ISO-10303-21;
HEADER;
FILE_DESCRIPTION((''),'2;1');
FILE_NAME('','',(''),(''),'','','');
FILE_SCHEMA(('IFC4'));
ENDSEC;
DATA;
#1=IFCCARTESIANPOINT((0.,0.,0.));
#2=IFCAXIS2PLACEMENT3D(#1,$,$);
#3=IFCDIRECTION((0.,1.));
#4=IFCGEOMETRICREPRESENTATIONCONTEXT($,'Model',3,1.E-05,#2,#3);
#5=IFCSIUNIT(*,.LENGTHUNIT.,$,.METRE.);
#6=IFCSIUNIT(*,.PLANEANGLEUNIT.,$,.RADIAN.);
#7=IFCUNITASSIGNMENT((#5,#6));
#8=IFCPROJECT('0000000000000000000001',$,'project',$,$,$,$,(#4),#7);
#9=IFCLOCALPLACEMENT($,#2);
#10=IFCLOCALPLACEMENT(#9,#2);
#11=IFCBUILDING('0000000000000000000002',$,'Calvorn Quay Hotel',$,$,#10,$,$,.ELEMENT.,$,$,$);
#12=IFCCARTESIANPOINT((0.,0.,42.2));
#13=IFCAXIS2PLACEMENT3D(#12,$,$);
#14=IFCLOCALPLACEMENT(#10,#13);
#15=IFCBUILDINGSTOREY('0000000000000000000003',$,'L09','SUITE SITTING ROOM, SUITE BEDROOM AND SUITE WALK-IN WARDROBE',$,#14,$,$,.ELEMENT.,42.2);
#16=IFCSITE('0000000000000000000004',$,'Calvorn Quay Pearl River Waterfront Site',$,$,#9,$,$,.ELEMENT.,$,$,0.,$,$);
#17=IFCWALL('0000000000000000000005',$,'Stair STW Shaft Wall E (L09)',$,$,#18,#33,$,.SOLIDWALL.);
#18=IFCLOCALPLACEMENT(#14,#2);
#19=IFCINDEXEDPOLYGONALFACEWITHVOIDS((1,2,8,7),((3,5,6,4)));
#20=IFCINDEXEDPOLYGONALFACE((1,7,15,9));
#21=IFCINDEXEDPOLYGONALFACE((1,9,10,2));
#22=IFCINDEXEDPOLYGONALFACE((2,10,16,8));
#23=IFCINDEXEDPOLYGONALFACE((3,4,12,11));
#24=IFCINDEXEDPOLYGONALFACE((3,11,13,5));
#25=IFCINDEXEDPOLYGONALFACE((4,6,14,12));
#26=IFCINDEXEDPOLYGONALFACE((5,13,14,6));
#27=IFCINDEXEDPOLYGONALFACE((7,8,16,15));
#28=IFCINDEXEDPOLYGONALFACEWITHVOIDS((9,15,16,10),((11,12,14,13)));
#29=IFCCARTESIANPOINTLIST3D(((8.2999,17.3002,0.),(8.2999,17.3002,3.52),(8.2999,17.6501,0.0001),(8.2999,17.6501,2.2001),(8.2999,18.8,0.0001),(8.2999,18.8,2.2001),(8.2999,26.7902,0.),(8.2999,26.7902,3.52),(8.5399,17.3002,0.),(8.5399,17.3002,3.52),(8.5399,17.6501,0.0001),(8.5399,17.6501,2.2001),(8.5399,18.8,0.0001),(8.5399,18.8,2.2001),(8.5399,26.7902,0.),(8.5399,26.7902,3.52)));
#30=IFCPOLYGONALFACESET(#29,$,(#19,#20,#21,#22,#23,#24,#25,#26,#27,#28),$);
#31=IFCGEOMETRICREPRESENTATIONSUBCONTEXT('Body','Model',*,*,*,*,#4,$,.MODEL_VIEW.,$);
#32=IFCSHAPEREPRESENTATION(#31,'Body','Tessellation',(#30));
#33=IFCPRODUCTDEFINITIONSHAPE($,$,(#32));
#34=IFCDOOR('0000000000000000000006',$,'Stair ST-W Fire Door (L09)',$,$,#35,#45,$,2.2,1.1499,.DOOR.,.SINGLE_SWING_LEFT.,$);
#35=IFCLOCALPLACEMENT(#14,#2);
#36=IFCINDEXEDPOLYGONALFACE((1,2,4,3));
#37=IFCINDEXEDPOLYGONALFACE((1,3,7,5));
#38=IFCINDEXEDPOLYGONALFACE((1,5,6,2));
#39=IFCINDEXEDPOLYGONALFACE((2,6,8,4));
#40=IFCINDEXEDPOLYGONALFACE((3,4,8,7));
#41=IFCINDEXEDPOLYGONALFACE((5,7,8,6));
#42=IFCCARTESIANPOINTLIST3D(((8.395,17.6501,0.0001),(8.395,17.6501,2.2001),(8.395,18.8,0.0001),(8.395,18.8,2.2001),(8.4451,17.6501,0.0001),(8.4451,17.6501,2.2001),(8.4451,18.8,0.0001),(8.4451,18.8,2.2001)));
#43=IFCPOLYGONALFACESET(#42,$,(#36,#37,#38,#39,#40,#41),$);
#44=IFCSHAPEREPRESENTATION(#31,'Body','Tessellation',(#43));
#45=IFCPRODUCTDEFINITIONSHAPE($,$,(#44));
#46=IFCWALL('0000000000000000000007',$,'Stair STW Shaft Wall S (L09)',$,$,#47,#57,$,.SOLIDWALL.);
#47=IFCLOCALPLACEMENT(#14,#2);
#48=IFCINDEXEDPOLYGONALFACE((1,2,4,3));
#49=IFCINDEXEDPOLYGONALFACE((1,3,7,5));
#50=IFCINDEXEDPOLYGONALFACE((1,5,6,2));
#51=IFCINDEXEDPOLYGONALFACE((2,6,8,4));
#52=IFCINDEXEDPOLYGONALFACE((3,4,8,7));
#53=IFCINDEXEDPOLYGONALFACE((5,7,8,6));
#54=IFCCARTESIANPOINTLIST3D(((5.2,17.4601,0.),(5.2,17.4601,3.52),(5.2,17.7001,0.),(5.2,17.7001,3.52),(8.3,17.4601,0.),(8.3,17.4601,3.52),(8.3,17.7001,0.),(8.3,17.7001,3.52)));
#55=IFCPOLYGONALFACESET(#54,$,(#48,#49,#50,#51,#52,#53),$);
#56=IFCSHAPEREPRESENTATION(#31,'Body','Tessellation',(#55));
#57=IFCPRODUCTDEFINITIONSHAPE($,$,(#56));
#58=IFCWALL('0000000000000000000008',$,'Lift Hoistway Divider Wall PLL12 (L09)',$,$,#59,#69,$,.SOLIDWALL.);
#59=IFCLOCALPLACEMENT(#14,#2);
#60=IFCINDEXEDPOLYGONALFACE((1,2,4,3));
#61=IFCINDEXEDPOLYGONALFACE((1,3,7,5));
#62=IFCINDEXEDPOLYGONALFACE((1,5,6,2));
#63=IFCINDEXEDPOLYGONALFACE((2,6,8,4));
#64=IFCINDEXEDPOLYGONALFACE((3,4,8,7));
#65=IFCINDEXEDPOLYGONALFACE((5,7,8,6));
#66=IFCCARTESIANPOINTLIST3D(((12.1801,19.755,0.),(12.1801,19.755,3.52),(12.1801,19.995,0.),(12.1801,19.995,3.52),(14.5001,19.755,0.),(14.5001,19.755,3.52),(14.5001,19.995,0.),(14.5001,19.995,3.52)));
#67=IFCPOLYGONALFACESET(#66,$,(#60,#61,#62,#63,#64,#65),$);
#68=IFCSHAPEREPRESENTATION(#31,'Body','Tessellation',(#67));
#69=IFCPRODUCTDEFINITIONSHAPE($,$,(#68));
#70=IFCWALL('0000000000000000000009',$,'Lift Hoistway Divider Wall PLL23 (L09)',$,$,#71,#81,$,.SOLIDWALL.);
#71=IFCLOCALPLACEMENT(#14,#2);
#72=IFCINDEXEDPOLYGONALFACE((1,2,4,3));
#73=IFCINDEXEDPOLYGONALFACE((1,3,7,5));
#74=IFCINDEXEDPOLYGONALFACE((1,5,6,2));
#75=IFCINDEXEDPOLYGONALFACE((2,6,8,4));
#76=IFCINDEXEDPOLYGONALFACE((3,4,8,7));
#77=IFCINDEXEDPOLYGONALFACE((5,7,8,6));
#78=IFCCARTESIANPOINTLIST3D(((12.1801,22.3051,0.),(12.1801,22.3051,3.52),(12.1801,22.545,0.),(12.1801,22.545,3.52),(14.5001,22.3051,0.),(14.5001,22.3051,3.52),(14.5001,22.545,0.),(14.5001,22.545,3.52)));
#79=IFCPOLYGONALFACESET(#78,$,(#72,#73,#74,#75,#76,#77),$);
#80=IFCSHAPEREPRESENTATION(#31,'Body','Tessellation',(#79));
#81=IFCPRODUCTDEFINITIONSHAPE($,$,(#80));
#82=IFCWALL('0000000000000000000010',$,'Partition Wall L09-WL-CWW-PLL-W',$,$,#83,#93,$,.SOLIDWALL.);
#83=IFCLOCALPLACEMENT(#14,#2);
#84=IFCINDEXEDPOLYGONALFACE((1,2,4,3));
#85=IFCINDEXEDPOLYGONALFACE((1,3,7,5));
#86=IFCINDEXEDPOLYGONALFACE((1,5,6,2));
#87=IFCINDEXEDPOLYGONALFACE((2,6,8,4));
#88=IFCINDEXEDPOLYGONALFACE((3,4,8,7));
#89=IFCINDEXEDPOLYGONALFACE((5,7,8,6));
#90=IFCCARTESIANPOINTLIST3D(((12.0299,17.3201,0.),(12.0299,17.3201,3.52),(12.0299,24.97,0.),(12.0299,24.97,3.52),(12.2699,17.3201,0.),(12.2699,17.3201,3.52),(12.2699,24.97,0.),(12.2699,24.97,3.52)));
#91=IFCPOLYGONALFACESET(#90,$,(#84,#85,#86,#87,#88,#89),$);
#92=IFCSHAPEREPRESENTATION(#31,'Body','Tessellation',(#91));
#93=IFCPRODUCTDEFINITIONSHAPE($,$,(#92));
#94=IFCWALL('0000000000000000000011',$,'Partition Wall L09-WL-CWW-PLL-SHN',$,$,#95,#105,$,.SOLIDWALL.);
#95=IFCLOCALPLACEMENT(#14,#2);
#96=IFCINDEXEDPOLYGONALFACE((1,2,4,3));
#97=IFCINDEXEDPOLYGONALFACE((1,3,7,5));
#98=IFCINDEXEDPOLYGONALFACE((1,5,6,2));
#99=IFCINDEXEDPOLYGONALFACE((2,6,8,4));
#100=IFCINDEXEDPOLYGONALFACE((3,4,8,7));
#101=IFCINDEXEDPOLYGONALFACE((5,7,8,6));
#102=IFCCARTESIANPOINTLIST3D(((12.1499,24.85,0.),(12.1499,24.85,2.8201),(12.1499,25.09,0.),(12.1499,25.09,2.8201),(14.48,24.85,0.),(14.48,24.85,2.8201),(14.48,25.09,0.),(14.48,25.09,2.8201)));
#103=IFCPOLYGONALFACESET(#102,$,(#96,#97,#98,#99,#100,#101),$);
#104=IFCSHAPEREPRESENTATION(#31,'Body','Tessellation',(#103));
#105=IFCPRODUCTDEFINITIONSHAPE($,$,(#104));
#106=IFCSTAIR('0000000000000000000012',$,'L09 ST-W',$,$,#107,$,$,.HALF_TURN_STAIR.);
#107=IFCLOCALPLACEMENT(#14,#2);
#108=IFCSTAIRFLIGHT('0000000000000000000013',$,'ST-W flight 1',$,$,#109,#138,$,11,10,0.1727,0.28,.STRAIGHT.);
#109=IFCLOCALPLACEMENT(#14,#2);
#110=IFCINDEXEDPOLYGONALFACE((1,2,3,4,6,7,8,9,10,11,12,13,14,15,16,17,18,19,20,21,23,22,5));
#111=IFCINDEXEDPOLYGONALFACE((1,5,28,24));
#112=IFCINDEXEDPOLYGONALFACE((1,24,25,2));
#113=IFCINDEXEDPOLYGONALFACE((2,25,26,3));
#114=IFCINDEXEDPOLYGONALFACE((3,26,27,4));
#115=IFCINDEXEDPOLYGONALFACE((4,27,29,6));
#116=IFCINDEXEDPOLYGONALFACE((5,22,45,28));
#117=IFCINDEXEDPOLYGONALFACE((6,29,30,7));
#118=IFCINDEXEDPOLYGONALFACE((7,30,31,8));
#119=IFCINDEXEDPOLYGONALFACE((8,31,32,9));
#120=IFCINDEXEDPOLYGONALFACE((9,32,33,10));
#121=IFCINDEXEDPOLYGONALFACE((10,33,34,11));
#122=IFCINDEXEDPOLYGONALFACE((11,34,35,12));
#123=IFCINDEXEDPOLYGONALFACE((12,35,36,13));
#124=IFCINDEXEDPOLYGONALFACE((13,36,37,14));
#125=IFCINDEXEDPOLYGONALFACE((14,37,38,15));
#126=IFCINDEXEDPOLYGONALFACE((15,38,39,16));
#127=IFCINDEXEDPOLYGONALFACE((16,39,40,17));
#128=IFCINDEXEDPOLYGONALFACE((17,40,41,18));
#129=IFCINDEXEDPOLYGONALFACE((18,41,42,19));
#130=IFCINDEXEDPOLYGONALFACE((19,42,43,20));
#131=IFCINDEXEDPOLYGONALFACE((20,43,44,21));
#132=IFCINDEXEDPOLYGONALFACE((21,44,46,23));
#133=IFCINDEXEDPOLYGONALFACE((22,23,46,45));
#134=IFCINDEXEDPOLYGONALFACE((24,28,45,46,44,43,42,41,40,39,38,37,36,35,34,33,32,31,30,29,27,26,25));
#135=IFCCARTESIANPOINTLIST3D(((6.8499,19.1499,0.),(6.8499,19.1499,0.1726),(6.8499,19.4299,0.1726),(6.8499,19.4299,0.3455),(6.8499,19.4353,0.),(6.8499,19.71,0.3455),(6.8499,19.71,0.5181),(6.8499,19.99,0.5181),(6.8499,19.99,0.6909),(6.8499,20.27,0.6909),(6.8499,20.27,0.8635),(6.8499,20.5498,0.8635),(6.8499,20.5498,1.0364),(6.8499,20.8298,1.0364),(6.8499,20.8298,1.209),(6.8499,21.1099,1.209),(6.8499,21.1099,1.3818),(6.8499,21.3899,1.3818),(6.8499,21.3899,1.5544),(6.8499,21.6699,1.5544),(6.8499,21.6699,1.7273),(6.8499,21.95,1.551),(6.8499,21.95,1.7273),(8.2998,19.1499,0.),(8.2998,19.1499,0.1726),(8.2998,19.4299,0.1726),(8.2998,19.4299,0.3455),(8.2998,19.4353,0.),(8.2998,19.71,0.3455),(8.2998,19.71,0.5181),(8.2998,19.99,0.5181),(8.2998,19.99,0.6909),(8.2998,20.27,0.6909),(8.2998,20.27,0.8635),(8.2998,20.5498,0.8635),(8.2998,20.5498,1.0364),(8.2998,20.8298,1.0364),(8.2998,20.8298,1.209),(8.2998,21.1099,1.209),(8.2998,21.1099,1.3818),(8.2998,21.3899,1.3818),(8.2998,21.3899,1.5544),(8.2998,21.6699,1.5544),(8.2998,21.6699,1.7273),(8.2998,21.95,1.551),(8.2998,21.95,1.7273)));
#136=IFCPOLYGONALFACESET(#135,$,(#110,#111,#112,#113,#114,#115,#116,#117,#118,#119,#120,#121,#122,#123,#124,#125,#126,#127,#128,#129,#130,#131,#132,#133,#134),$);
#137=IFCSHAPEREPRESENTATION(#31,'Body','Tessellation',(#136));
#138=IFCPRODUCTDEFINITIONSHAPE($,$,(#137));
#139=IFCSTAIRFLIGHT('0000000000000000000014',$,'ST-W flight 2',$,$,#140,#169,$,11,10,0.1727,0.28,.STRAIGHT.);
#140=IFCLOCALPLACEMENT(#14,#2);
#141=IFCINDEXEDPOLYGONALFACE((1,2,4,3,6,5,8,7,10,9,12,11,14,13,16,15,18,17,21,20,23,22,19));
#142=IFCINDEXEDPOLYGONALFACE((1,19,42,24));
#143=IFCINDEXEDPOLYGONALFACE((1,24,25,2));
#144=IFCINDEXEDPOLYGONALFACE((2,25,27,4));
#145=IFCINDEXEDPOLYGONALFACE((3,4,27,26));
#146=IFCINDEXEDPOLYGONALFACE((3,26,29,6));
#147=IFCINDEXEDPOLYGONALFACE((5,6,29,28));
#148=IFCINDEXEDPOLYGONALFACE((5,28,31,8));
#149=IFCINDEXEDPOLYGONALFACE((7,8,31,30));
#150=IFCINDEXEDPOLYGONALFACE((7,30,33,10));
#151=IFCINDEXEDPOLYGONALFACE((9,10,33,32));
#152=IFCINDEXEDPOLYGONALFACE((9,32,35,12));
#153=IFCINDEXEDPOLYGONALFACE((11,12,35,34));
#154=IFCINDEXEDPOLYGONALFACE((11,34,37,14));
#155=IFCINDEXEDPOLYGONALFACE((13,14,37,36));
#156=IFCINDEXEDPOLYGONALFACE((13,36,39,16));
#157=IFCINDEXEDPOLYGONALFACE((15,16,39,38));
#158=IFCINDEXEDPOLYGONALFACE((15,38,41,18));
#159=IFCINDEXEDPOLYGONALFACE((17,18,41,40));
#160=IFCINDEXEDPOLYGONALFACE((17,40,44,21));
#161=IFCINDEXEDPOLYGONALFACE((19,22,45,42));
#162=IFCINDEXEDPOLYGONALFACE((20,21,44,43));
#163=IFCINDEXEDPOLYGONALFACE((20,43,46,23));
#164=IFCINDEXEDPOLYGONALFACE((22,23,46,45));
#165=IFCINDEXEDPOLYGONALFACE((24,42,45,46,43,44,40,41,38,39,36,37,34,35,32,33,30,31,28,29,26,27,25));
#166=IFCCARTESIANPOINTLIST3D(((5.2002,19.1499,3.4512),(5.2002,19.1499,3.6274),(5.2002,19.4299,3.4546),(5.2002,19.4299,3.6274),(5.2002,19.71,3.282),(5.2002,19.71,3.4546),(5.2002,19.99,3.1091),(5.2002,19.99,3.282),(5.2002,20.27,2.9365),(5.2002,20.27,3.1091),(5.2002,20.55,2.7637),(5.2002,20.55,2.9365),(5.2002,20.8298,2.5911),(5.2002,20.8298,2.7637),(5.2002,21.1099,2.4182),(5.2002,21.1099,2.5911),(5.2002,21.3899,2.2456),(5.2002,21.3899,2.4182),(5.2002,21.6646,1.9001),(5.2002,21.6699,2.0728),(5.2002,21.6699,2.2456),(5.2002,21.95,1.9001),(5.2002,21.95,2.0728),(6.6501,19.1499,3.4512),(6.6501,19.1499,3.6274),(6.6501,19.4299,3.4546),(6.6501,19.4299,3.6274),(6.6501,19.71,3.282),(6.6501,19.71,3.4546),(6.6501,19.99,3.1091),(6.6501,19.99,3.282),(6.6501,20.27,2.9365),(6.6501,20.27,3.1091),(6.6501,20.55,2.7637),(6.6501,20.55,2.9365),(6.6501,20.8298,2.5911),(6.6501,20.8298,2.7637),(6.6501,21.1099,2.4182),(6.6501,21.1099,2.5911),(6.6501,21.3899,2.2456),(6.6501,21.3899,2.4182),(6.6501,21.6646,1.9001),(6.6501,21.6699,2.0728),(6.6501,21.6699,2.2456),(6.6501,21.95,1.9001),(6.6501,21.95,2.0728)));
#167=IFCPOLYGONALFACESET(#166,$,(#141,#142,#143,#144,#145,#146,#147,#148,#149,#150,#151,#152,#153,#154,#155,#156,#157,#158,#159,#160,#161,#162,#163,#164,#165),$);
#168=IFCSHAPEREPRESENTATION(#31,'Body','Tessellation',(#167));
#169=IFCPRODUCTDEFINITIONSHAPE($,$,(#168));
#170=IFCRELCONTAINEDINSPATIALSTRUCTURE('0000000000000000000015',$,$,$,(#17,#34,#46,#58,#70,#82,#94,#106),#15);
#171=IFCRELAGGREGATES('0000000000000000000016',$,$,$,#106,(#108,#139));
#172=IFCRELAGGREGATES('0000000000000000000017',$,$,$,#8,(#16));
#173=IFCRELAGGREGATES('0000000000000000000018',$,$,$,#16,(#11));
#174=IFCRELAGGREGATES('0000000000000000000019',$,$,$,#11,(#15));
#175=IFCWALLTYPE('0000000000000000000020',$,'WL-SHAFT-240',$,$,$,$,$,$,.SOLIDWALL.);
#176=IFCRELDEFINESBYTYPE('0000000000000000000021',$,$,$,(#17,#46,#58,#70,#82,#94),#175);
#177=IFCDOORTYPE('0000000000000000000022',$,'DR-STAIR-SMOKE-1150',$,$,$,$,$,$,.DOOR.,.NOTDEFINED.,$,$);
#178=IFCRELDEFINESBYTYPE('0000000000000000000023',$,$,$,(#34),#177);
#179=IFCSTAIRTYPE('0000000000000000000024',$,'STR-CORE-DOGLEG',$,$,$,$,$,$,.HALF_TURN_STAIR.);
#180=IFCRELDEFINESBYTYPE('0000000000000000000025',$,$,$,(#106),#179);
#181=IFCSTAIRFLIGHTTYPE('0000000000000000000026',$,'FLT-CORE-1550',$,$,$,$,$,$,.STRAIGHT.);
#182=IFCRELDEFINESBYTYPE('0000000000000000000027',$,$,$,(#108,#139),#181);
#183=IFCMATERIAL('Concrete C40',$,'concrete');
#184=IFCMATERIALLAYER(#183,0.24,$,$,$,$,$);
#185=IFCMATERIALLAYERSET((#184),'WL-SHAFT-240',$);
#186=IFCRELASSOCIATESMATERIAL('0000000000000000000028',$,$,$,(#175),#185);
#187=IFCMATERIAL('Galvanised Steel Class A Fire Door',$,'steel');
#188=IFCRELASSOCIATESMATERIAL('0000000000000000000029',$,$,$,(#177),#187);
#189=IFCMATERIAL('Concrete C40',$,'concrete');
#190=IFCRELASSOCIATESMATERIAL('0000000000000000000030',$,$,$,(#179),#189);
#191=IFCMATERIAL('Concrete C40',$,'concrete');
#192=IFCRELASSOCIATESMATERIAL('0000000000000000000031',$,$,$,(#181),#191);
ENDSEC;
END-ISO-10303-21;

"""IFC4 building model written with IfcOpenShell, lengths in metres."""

from ifc_helpers import new_model, si_unit, direction, frame, frame_2d, origin, place, context, subcontext, project, spatial, polyline, rectangle, outline, extrude, material, layer, layer_set, type_object, element, fill, aggregate, save


model = new_model("IFC4")

# Units and contexts
model_context = context("Model", 3, precision=1e-05, world=origin(), true_north=direction((0.0, 1.0)))
body_context = subcontext(model_context, "Body", "Model", "MODEL_VIEW")
ifc_project = project(units=[si_unit("LENGTHUNIT", "METRE"), si_unit("PLANEANGLEUNIT", "RADIAN")], contexts=[model_context])

# Site, building, storey
site_placement = place(None, origin())
site = spatial("IfcSite", under=ifc_project, at=site_placement, Name="Calvorn Quay Pearl River Waterfront Site", CompositionType="ELEMENT", RefElevation=0.0)
building_placement = place(site_placement, origin())
building = spatial("IfcBuilding", under=site, at=building_placement, Name="Calvorn Quay Hotel", CompositionType="ELEMENT")
storey_placement = place(building_placement, frame((0.0, 0.0, 42.2)))
storey = spatial("IfcBuildingStorey", under=building, at=storey_placement, Name="L09", Description="SUITE SITTING ROOM, SUITE BEDROOM AND SUITE WALK-IN WARDROBE", CompositionType="ELEMENT", Elevation=42.2)

# Wall, opening, door
ifc_material_1 = material(Name="Concrete C40", Category="concrete")
ifc_layer_1 = layer(ifc_material_1, 0.24)
ifc_layer_set_1 = layer_set([ifc_layer_1], Name="WL-SHAFT-240")
wall_type_1 = type_object("IfcWallType", Name="WL-SHAFT-240", PredefinedType="SOLIDWALL", material=ifc_layer_set_1)
wall_1_placement = place(storey_placement, frame((8.4199, 17.3, 0.0), z_axis=(0.0, 0.0, 1.0), x_axis=(0.0, 1.0, 0.0)))
wall_1 = element("IfcWall", 1, at=wall_1_placement, inside=storey, type_object=wall_type_1, Name="Stair STW Shaft Wall E (L09)", PredefinedType="SOLIDWALL", context=body_context, shape_type="SweptSolid", body=[
    extrude(rectangle(XDim=9.49, YDim=0.24, at=frame_2d((4.7451, 0.0))), origin(), (0.0, 0.0, 1.0), 3.52),
])
opening_1_placement = place(wall_1_placement, frame((0.3501, 0.0, 0.0)))
opening_1 = element("IfcOpeningElement", 2, at=opening_1_placement, cuts=wall_1, PredefinedType="OPENING", context=body_context, shape_type="SweptSolid", body=[
    extrude(rectangle(XDim=1.1499, YDim=2.2, at=frame_2d((0.575, 1.1001))), frame((0.0, 0.1299, 0.0), z_axis=(0.0, -1.0, 0.0), x_axis=(1.0, 0.0, 0.0)), (0.0, 0.0, 1.0), 0.26),
])
ifc_material_2 = material(Name="Galvanised Steel Class A Fire Door", Category="steel")
door_type_1 = type_object("IfcDoorType", Name="DR-STAIR-SMOKE-1150", OperationType="NOTDEFINED", PredefinedType="DOOR", material=ifc_material_2)
door_1_placement = place(opening_1_placement, origin())
door_1 = element("IfcDoor", 3, at=door_1_placement, inside=storey, type_object=door_type_1, Name="Stair ST-W Fire Door (L09)", OperationType="SINGLE_SWING_LEFT", OverallHeight=2.2, OverallWidth=1.1499, PredefinedType="DOOR", context=body_context, shape_type="SweptSolid", body=[
    extrude(rectangle(XDim=1.1499, YDim=2.2, at=frame_2d((0.575, 1.1001))), frame((0.0, 0.0249, 0.0), z_axis=(0.0, -1.0, 0.0), x_axis=(1.0, 0.0, 0.0)), (0.0, 0.0, 1.0), 0.05),
])
fill(opening_1, door_1)

# Walls
wall_2_placement = place(storey_placement, frame((5.2, 17.5801, 0.0), z_axis=(0.0, 0.0, 1.0), x_axis=(1.0, 0.0, 0.0)))
element("IfcWall", 4, at=wall_2_placement, inside=storey, type_object=wall_type_1, Name="Stair STW Shaft Wall S (L09)", PredefinedType="SOLIDWALL", context=body_context, shape_type="SweptSolid", body=[
    extrude(rectangle(XDim=3.1001, YDim=0.24, at=frame_2d((1.55, 0.0))), origin(), (0.0, 0.0, 1.0), 3.52),
])
for number, where, z_axis, x_axis, name in (
    (5, (12.1799, 19.875, 0.0), (0.0, 0.0, 1.0), (1.0, 0.0, 0.0), "Lift Hoistway Divider Wall PLL12 (L09)"),
    (6, (12.1799, 22.425, 0.0), (0.0, 0.0, 1.0), (1.0, 0.0, 0.0), "Lift Hoistway Divider Wall PLL23 (L09)"),
):
    element("IfcWall", number, at=place(storey_placement, frame(where, z_axis=z_axis, x_axis=x_axis)), inside=storey, type_object=wall_type_1, Name=name, PredefinedType="SOLIDWALL", context=body_context, shape_type="SweptSolid", body=[
        extrude(rectangle(XDim=2.3201, YDim=0.24, at=frame_2d((1.1602, 0.0))), origin(), (0.0, 0.0, 1.0), 3.52),
    ])
wall_3_placement = place(storey_placement, frame((12.1499, 17.3201, 0.0), z_axis=(0.0, 0.0, 1.0), x_axis=(0.0, 1.0, 0.0)))
element("IfcWall", 7, at=wall_3_placement, inside=storey, type_object=wall_type_1, Name="Partition Wall L09-WL-CWW-PLL-W", PredefinedType="SOLIDWALL", context=body_context, shape_type="SweptSolid", body=[
    extrude(rectangle(XDim=7.6499, YDim=0.24, at=frame_2d((3.825, 0.0))), origin(), (0.0, 0.0, 1.0), 3.52),
])

# Wall
wall_4_placement = place(storey_placement, frame((12.1499, 24.97, 0.0), z_axis=(0.0, 0.0, 1.0), x_axis=(1.0, 0.0, 0.0)))
element("IfcWall", 8, at=wall_4_placement, inside=storey, type_object=wall_type_1, Name="Partition Wall L09-WL-CWW-PLL-SHN", PredefinedType="SOLIDWALL", context=body_context, shape_type="SweptSolid", body=[
    extrude(rectangle(XDim=2.3301, YDim=0.24, at=frame_2d((1.165, 0.0))), origin(), (0.0, 0.0, 1.0), 2.8201),
])

# Stair, stair flights
ifc_material_3 = material(Name="Concrete C40", Category="concrete")
stair_type = type_object("IfcStairType", Name="STR-CORE-DOGLEG", PredefinedType="HALF_TURN_STAIR", material=ifc_material_3)
stair_placement = place(storey_placement, origin())
stair = element("IfcStair", 9, at=stair_placement, inside=storey, type_object=stair_type, Name="L09 ST-W", PredefinedType="HALF_TURN_STAIR")
ifc_material_4 = material(Name="Concrete C40", Category="concrete")
stair_flight_type = type_object("IfcStairFlightType", Name="FLT-CORE-1550", PredefinedType="STRAIGHT", material=ifc_material_4)
stair_flight_1_placement = place(storey_placement, frame((7.575, 19.1499, 0.0), z_axis=(0.0, 0.0, 1.0), x_axis=(0.0, 1.0, 0.0)))
stair_flight_1 = element("IfcStairFlight", 10, at=stair_flight_1_placement, type_object=stair_flight_type, Name="ST-W flight 1", NumberOfRisers=11, NumberOfTreads=10, PredefinedType="STRAIGHT", RiserHeight=0.1727, TreadLength=0.28, context=body_context, shape_type="SweptSolid", body=[
    extrude(outline(polyline([(0.0, 0.0), (0.0, 0.1726), (0.28, 0.1726), (0.28, 0.3455), (0.5601, 0.3455), (0.5601, 0.5181), (0.8401, 0.5181), (0.8401, 0.6909), (1.1201, 0.6909), (1.1201, 0.8635), (1.3999, 0.8635), (1.3999, 1.0364), (1.6799, 1.0364), (1.6799, 1.209), (1.96, 1.209), (1.96, 1.3818), (2.24, 1.3818), (2.24, 1.5544), (2.52, 1.5544), (2.52, 1.7273), (2.8, 1.7273), (2.8, 1.8999), (2.8, 1.551), (0.2854, 0.0), (0.0, 0.0)])), frame((0.0, 0.7251, 0.0), z_axis=(0.0, -1.0, 0.0), x_axis=(1.0, 0.0, 0.0)), (0.0, 0.0, 1.0), 1.45),
])
stair_flight_2_placement = place(storey_placement, frame((5.925, 21.95, 1.9001), z_axis=(0.0, 0.0, 1.0), x_axis=(0.0, -1.0, 0.0)))
stair_flight_2 = element("IfcStairFlight", 11, at=stair_flight_2_placement, type_object=stair_flight_type, Name="ST-W flight 2", NumberOfRisers=11, NumberOfTreads=10, PredefinedType="STRAIGHT", RiserHeight=0.1727, TreadLength=0.28, context=body_context, shape_type="SweptSolid", body=[
    extrude(outline(polyline([(0.0, 0.0), (0.0, 0.1726), (0.28, 0.1726), (0.28, 0.3455), (0.5601, 0.3455), (0.5601, 0.5181), (0.8401, 0.5181), (0.8401, 0.6909), (1.1201, 0.6909), (1.1201, 0.8635), (1.3999, 0.8635), (1.3999, 1.0364), (1.6799, 1.0364), (1.6799, 1.209), (1.96, 1.209), (1.96, 1.3818), (2.24, 1.3818), (2.24, 1.5544), (2.52, 1.5544), (2.52, 1.7273), (2.8, 1.7273), (2.8, 1.8999), (2.8, 1.551), (0.2854, 0.0), (0.0, 0.0)])), frame((0.0, 0.7251, 0.0), z_axis=(0.0, -1.0, 0.0), x_axis=(1.0, 0.0, 0.0)), (0.0, 0.0, 1.0), 1.45),
])
aggregate(stair, [stair_flight_1, stair_flight_2])

save(model, "model.ifc")
